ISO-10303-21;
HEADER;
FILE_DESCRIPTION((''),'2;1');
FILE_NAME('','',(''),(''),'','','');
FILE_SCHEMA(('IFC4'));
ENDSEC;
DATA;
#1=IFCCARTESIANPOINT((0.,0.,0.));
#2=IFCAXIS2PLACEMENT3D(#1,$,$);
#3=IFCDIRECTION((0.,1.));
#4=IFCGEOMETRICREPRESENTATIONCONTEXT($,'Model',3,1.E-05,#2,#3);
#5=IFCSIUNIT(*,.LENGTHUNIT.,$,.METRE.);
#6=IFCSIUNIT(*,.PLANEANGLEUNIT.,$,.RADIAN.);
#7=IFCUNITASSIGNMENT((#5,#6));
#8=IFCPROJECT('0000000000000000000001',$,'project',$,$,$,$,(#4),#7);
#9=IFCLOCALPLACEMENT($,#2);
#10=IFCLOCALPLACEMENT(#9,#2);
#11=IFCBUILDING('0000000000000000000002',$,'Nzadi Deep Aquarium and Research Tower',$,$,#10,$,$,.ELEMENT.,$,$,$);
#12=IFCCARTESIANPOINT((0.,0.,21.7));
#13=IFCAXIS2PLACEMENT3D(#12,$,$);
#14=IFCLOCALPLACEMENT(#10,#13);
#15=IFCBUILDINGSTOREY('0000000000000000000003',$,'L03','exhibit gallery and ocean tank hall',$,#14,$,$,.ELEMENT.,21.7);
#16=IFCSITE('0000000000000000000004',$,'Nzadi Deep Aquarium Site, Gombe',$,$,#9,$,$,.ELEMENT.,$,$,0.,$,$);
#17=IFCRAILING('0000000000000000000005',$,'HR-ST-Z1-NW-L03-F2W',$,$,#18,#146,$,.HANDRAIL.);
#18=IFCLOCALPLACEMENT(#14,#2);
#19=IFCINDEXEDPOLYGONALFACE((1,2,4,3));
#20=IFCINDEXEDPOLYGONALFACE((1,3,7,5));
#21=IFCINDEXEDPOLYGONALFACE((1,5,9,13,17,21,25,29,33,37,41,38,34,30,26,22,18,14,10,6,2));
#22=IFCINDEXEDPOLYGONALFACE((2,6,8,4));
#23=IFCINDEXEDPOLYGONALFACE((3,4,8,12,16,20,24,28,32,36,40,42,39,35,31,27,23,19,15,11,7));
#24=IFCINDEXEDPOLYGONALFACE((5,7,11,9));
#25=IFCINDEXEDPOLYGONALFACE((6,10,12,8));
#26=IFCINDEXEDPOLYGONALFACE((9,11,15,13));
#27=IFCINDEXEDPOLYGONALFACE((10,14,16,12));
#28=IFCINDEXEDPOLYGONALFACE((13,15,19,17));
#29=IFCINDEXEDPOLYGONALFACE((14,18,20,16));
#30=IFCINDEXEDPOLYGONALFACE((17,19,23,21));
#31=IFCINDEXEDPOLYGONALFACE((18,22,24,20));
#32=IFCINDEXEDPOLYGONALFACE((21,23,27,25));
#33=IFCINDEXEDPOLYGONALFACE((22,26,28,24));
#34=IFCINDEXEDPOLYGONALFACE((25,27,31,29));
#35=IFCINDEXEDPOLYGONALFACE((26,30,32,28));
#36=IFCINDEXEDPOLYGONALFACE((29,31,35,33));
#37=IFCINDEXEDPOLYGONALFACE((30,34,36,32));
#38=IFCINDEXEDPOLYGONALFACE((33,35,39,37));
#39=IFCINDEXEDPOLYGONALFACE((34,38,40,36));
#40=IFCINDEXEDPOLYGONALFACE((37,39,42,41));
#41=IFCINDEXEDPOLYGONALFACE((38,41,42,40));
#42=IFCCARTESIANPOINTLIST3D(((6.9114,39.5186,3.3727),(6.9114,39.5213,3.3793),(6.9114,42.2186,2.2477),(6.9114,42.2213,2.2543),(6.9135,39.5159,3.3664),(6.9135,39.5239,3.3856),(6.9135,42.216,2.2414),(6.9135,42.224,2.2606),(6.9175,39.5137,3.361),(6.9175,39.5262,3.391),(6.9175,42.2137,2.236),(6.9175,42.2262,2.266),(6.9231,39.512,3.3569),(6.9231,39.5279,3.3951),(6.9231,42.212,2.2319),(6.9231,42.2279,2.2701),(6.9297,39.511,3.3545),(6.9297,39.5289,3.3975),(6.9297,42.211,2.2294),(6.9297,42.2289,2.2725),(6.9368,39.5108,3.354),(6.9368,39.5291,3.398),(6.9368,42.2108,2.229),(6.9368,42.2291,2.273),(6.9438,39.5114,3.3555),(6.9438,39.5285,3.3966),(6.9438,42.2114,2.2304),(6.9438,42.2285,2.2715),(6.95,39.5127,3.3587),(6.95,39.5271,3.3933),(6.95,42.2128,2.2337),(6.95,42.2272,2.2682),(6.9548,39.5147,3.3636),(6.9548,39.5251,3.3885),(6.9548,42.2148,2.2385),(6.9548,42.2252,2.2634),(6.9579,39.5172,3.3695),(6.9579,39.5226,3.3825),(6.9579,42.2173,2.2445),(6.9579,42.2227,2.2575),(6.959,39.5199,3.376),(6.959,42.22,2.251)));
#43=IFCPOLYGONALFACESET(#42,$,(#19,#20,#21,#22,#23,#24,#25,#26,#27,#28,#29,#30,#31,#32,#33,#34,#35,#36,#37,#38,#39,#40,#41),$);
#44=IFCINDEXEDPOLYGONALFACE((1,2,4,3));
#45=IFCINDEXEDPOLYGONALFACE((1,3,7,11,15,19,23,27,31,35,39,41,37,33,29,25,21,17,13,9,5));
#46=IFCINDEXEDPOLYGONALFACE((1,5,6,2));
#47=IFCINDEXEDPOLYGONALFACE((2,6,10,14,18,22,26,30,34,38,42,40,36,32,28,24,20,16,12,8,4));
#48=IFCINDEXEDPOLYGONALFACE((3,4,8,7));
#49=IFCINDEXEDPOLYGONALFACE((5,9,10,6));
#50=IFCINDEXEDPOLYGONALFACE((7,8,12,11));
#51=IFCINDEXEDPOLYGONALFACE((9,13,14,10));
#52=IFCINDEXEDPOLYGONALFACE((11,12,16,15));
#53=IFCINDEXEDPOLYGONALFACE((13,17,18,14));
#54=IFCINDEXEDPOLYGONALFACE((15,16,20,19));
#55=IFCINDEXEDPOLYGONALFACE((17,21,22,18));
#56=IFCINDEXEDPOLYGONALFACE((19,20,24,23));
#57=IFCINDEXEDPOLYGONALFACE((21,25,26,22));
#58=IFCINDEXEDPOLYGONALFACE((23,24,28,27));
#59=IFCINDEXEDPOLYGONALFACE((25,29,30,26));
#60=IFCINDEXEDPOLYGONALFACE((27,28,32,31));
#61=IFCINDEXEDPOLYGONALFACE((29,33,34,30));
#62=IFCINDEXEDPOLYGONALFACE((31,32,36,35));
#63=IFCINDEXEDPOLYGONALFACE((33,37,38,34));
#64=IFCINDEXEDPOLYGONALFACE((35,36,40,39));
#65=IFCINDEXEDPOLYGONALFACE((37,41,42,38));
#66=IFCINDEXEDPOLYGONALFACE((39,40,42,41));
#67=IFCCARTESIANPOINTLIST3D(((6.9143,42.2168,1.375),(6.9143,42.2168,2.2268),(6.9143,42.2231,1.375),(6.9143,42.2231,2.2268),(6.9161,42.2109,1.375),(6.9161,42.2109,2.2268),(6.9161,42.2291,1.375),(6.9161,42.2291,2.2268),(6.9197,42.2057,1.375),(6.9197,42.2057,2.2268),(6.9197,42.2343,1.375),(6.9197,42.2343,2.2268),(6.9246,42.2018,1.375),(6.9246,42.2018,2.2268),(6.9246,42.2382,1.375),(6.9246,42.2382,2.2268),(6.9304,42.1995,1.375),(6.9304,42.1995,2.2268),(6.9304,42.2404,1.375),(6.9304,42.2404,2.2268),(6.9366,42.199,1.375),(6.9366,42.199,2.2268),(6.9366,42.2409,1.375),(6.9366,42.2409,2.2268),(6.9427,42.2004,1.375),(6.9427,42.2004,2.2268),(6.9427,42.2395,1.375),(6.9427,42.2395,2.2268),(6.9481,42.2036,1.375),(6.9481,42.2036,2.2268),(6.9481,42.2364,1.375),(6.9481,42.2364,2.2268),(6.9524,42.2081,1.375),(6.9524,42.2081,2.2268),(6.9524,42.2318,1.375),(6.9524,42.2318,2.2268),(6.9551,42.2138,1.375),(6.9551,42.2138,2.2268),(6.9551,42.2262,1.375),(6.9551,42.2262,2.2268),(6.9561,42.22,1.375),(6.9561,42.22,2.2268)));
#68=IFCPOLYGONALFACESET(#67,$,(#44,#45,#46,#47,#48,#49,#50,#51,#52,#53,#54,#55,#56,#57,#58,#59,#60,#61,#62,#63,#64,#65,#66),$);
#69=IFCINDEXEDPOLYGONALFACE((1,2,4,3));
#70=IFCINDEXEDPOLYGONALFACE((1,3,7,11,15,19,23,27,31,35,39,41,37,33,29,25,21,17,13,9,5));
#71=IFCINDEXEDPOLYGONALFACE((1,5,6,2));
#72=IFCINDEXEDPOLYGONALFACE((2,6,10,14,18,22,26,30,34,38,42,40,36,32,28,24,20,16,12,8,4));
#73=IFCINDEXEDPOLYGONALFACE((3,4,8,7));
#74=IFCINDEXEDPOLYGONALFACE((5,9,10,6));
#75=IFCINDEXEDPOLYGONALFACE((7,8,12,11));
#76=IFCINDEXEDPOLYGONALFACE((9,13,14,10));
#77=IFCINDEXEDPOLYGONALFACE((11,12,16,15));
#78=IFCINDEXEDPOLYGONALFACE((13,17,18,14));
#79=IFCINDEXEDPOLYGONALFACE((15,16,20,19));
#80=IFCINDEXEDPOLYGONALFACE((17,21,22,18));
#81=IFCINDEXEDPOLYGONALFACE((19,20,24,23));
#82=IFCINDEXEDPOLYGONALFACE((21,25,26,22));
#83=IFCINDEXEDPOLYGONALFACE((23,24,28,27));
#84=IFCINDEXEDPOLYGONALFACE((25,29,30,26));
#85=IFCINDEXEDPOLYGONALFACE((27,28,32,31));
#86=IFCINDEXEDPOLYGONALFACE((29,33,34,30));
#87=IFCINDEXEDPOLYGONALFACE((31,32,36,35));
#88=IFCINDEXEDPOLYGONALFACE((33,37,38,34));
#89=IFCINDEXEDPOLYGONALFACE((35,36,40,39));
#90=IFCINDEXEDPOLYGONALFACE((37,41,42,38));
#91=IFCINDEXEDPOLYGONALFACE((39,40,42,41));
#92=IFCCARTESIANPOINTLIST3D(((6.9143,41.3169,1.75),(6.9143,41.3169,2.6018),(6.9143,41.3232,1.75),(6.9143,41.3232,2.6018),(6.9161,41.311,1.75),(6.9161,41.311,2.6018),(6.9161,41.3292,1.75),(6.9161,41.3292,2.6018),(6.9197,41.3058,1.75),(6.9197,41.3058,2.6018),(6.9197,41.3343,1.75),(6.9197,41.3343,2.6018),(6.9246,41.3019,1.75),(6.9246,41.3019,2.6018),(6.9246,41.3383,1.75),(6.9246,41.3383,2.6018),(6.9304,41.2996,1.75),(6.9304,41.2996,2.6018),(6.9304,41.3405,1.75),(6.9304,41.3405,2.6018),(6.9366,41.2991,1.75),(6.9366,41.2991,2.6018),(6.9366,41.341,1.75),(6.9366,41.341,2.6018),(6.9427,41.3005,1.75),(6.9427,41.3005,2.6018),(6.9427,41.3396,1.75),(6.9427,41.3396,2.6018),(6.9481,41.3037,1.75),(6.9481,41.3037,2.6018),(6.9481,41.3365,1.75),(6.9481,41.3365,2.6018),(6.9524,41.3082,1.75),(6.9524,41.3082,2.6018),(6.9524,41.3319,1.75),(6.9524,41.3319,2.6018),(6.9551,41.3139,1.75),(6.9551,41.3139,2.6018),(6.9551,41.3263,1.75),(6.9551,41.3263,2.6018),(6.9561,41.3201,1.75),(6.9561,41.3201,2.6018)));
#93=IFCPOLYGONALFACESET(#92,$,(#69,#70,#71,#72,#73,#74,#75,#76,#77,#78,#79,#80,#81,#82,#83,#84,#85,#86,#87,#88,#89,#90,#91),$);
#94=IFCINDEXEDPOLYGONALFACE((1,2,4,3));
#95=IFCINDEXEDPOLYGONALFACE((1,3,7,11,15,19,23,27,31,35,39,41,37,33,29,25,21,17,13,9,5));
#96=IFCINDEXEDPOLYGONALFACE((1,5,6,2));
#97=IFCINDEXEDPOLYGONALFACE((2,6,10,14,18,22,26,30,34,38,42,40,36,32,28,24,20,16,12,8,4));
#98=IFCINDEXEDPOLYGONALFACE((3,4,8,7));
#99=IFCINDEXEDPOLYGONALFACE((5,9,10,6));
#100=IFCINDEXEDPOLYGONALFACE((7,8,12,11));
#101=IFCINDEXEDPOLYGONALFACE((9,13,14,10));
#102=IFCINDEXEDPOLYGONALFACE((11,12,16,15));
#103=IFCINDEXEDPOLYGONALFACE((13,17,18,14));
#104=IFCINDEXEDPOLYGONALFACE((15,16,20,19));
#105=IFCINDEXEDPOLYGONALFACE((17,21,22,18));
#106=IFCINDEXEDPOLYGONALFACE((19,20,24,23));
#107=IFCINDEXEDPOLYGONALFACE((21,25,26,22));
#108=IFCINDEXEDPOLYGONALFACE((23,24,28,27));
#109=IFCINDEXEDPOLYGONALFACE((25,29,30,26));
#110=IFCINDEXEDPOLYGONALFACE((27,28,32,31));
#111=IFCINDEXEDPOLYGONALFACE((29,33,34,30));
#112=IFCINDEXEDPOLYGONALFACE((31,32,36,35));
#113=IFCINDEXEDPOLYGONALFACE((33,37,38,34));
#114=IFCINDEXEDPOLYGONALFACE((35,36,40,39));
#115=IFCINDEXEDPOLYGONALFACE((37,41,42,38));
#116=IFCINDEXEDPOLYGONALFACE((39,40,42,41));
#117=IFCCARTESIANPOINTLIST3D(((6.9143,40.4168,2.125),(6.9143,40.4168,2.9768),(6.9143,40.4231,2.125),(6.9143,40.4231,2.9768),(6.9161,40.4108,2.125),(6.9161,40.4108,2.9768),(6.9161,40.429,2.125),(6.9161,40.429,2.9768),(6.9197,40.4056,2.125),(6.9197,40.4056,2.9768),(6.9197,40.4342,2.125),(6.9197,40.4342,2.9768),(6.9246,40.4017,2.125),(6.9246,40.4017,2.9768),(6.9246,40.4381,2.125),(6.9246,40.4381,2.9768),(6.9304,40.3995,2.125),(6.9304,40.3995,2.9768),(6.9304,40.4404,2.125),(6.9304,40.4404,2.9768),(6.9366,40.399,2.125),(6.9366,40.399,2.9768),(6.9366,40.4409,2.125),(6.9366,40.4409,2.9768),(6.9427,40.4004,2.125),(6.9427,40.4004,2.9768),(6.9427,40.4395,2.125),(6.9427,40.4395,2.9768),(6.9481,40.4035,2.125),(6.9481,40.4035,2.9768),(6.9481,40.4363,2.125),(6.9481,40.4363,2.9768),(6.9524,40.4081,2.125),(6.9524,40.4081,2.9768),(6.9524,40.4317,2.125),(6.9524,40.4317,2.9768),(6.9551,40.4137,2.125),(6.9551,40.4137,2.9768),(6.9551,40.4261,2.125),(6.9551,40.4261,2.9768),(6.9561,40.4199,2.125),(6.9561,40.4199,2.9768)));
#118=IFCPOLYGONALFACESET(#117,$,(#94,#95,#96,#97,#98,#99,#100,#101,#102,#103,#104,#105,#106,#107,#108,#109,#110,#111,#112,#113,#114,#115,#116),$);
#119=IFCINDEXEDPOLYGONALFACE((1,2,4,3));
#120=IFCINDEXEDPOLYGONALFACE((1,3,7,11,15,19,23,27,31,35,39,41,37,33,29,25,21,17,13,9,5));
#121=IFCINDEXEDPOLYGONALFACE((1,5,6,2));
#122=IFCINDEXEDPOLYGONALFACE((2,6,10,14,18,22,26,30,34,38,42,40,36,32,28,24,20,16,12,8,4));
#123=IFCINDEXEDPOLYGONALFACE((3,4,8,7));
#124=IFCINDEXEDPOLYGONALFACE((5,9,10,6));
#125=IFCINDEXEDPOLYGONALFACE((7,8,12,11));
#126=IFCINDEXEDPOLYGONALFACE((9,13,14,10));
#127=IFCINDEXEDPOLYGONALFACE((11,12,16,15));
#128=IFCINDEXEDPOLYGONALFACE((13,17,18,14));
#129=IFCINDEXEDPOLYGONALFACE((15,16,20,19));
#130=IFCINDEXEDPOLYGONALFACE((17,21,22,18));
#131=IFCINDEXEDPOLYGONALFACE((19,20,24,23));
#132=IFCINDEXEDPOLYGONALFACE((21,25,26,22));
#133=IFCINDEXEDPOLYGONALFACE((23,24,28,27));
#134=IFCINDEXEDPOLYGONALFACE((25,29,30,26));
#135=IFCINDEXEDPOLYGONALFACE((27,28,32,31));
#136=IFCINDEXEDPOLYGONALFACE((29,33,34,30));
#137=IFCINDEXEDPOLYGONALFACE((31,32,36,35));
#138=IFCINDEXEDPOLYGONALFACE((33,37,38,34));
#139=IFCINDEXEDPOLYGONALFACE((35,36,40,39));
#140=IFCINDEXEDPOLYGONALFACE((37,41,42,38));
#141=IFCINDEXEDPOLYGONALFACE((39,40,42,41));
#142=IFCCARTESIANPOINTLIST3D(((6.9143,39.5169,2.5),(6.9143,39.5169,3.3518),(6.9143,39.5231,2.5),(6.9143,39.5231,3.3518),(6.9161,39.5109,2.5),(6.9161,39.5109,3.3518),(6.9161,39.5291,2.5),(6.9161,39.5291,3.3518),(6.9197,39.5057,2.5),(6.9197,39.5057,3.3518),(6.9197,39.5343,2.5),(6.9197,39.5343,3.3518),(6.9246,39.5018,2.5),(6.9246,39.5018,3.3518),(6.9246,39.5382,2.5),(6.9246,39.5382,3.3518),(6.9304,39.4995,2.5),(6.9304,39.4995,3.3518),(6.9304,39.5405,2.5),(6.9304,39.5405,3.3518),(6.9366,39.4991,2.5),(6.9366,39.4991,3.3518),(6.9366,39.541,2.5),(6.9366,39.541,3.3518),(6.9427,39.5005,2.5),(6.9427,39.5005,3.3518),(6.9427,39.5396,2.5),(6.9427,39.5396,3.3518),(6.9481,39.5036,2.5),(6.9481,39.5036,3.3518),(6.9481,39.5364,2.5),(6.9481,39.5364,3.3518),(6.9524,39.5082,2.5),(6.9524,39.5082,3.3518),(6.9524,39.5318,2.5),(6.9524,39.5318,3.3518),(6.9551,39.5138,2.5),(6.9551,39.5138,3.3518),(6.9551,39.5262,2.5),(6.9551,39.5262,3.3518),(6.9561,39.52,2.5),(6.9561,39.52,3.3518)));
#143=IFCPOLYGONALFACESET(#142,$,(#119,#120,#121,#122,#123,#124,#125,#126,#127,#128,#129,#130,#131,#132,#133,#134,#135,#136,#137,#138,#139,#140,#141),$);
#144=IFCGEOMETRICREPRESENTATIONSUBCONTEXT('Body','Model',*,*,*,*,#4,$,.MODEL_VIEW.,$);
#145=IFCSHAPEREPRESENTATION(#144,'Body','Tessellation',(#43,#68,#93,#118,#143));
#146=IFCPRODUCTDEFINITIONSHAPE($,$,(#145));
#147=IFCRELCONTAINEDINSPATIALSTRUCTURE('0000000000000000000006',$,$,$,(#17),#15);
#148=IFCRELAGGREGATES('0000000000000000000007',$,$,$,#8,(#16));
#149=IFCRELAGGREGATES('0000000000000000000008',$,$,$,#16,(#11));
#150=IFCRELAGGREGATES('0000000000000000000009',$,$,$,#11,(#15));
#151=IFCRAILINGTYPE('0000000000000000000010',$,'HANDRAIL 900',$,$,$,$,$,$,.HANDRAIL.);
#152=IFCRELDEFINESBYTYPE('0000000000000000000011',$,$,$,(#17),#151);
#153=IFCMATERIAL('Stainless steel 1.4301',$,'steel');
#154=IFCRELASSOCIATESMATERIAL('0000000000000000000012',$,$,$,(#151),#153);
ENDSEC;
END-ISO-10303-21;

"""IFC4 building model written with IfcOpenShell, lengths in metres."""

from ifc_helpers import new_model, si_unit, direction, frame, origin, origin_2d, place, context, subcontext, project, spatial, circle, extrude, material, type_object, element, save


model = new_model("IFC4")

# Units and contexts
model_context = context("Model", 3, precision=1e-05, world=origin(), true_north=direction((0.0, 1.0)))
body_context = subcontext(model_context, "Body", "Model", "MODEL_VIEW")
ifc_project = project(units=[si_unit("LENGTHUNIT", "METRE"), si_unit("PLANEANGLEUNIT", "RADIAN")], contexts=[model_context])

# Site, building, storey
site_placement = place(None, origin())
site = spatial("IfcSite", under=ifc_project, at=site_placement, Name="Nzadi Deep Aquarium Site, Gombe", CompositionType="ELEMENT", RefElevation=0.0)
building_placement = place(site_placement, origin())
building = spatial("IfcBuilding", under=site, at=building_placement, Name="Nzadi Deep Aquarium and Research Tower", CompositionType="ELEMENT")
storey_placement = place(building_placement, frame((0.0, 0.0, 21.7)))
storey = spatial("IfcBuildingStorey", under=building, at=storey_placement, Name="L03", Description="exhibit gallery and ocean tank hall", CompositionType="ELEMENT", Elevation=21.7)

# Railing
ifc_material_1 = material(Name="Stainless steel 1.4301", Category="steel")
railing_type = type_object("IfcRailingType", Name="HANDRAIL 900", PredefinedType="HANDRAIL", material=ifc_material_1)
for number, where, name in (
    (1, (6.9351, 42.22, 1.375), "HR-ST-Z1-NW-L03-F2W"),
):
    element("IfcRailing", number, at=place(storey_placement, frame(where)), inside=storey, type_object=railing_type, Name=name, PredefinedType="HANDRAIL", context=body_context, shape_type="SweptSolid", body=[
        extrude(circle(Radius=0.0239, at=origin_2d()), frame((0.0, 0.0, 0.876), z_axis=(0.0, -0.923074, 0.384621), x_axis=(1.0, 0.0, 0.0)), (0.0, 0.0, 1.0), 2.925),
        extrude(circle(Radius=0.021, at=origin_2d()), origin(), (0.0, 0.0, 1.0), 0.8518),
        extrude(circle(Radius=0.021, at=origin_2d()), frame((0.0, -0.8999, 0.375)), (0.0, 0.0, 1.0), 0.8518),
        extrude(circle(Radius=0.021, at=origin_2d()), frame((0.0, -1.8, 0.75)), (0.0, 0.0, 1.0), 0.8518),
        extrude(circle(Radius=0.021, at=origin_2d()), frame((0.0, -2.7, 1.125)), (0.0, 0.0, 1.0), 0.8518),
    ])

save(model, "model.ifc")
